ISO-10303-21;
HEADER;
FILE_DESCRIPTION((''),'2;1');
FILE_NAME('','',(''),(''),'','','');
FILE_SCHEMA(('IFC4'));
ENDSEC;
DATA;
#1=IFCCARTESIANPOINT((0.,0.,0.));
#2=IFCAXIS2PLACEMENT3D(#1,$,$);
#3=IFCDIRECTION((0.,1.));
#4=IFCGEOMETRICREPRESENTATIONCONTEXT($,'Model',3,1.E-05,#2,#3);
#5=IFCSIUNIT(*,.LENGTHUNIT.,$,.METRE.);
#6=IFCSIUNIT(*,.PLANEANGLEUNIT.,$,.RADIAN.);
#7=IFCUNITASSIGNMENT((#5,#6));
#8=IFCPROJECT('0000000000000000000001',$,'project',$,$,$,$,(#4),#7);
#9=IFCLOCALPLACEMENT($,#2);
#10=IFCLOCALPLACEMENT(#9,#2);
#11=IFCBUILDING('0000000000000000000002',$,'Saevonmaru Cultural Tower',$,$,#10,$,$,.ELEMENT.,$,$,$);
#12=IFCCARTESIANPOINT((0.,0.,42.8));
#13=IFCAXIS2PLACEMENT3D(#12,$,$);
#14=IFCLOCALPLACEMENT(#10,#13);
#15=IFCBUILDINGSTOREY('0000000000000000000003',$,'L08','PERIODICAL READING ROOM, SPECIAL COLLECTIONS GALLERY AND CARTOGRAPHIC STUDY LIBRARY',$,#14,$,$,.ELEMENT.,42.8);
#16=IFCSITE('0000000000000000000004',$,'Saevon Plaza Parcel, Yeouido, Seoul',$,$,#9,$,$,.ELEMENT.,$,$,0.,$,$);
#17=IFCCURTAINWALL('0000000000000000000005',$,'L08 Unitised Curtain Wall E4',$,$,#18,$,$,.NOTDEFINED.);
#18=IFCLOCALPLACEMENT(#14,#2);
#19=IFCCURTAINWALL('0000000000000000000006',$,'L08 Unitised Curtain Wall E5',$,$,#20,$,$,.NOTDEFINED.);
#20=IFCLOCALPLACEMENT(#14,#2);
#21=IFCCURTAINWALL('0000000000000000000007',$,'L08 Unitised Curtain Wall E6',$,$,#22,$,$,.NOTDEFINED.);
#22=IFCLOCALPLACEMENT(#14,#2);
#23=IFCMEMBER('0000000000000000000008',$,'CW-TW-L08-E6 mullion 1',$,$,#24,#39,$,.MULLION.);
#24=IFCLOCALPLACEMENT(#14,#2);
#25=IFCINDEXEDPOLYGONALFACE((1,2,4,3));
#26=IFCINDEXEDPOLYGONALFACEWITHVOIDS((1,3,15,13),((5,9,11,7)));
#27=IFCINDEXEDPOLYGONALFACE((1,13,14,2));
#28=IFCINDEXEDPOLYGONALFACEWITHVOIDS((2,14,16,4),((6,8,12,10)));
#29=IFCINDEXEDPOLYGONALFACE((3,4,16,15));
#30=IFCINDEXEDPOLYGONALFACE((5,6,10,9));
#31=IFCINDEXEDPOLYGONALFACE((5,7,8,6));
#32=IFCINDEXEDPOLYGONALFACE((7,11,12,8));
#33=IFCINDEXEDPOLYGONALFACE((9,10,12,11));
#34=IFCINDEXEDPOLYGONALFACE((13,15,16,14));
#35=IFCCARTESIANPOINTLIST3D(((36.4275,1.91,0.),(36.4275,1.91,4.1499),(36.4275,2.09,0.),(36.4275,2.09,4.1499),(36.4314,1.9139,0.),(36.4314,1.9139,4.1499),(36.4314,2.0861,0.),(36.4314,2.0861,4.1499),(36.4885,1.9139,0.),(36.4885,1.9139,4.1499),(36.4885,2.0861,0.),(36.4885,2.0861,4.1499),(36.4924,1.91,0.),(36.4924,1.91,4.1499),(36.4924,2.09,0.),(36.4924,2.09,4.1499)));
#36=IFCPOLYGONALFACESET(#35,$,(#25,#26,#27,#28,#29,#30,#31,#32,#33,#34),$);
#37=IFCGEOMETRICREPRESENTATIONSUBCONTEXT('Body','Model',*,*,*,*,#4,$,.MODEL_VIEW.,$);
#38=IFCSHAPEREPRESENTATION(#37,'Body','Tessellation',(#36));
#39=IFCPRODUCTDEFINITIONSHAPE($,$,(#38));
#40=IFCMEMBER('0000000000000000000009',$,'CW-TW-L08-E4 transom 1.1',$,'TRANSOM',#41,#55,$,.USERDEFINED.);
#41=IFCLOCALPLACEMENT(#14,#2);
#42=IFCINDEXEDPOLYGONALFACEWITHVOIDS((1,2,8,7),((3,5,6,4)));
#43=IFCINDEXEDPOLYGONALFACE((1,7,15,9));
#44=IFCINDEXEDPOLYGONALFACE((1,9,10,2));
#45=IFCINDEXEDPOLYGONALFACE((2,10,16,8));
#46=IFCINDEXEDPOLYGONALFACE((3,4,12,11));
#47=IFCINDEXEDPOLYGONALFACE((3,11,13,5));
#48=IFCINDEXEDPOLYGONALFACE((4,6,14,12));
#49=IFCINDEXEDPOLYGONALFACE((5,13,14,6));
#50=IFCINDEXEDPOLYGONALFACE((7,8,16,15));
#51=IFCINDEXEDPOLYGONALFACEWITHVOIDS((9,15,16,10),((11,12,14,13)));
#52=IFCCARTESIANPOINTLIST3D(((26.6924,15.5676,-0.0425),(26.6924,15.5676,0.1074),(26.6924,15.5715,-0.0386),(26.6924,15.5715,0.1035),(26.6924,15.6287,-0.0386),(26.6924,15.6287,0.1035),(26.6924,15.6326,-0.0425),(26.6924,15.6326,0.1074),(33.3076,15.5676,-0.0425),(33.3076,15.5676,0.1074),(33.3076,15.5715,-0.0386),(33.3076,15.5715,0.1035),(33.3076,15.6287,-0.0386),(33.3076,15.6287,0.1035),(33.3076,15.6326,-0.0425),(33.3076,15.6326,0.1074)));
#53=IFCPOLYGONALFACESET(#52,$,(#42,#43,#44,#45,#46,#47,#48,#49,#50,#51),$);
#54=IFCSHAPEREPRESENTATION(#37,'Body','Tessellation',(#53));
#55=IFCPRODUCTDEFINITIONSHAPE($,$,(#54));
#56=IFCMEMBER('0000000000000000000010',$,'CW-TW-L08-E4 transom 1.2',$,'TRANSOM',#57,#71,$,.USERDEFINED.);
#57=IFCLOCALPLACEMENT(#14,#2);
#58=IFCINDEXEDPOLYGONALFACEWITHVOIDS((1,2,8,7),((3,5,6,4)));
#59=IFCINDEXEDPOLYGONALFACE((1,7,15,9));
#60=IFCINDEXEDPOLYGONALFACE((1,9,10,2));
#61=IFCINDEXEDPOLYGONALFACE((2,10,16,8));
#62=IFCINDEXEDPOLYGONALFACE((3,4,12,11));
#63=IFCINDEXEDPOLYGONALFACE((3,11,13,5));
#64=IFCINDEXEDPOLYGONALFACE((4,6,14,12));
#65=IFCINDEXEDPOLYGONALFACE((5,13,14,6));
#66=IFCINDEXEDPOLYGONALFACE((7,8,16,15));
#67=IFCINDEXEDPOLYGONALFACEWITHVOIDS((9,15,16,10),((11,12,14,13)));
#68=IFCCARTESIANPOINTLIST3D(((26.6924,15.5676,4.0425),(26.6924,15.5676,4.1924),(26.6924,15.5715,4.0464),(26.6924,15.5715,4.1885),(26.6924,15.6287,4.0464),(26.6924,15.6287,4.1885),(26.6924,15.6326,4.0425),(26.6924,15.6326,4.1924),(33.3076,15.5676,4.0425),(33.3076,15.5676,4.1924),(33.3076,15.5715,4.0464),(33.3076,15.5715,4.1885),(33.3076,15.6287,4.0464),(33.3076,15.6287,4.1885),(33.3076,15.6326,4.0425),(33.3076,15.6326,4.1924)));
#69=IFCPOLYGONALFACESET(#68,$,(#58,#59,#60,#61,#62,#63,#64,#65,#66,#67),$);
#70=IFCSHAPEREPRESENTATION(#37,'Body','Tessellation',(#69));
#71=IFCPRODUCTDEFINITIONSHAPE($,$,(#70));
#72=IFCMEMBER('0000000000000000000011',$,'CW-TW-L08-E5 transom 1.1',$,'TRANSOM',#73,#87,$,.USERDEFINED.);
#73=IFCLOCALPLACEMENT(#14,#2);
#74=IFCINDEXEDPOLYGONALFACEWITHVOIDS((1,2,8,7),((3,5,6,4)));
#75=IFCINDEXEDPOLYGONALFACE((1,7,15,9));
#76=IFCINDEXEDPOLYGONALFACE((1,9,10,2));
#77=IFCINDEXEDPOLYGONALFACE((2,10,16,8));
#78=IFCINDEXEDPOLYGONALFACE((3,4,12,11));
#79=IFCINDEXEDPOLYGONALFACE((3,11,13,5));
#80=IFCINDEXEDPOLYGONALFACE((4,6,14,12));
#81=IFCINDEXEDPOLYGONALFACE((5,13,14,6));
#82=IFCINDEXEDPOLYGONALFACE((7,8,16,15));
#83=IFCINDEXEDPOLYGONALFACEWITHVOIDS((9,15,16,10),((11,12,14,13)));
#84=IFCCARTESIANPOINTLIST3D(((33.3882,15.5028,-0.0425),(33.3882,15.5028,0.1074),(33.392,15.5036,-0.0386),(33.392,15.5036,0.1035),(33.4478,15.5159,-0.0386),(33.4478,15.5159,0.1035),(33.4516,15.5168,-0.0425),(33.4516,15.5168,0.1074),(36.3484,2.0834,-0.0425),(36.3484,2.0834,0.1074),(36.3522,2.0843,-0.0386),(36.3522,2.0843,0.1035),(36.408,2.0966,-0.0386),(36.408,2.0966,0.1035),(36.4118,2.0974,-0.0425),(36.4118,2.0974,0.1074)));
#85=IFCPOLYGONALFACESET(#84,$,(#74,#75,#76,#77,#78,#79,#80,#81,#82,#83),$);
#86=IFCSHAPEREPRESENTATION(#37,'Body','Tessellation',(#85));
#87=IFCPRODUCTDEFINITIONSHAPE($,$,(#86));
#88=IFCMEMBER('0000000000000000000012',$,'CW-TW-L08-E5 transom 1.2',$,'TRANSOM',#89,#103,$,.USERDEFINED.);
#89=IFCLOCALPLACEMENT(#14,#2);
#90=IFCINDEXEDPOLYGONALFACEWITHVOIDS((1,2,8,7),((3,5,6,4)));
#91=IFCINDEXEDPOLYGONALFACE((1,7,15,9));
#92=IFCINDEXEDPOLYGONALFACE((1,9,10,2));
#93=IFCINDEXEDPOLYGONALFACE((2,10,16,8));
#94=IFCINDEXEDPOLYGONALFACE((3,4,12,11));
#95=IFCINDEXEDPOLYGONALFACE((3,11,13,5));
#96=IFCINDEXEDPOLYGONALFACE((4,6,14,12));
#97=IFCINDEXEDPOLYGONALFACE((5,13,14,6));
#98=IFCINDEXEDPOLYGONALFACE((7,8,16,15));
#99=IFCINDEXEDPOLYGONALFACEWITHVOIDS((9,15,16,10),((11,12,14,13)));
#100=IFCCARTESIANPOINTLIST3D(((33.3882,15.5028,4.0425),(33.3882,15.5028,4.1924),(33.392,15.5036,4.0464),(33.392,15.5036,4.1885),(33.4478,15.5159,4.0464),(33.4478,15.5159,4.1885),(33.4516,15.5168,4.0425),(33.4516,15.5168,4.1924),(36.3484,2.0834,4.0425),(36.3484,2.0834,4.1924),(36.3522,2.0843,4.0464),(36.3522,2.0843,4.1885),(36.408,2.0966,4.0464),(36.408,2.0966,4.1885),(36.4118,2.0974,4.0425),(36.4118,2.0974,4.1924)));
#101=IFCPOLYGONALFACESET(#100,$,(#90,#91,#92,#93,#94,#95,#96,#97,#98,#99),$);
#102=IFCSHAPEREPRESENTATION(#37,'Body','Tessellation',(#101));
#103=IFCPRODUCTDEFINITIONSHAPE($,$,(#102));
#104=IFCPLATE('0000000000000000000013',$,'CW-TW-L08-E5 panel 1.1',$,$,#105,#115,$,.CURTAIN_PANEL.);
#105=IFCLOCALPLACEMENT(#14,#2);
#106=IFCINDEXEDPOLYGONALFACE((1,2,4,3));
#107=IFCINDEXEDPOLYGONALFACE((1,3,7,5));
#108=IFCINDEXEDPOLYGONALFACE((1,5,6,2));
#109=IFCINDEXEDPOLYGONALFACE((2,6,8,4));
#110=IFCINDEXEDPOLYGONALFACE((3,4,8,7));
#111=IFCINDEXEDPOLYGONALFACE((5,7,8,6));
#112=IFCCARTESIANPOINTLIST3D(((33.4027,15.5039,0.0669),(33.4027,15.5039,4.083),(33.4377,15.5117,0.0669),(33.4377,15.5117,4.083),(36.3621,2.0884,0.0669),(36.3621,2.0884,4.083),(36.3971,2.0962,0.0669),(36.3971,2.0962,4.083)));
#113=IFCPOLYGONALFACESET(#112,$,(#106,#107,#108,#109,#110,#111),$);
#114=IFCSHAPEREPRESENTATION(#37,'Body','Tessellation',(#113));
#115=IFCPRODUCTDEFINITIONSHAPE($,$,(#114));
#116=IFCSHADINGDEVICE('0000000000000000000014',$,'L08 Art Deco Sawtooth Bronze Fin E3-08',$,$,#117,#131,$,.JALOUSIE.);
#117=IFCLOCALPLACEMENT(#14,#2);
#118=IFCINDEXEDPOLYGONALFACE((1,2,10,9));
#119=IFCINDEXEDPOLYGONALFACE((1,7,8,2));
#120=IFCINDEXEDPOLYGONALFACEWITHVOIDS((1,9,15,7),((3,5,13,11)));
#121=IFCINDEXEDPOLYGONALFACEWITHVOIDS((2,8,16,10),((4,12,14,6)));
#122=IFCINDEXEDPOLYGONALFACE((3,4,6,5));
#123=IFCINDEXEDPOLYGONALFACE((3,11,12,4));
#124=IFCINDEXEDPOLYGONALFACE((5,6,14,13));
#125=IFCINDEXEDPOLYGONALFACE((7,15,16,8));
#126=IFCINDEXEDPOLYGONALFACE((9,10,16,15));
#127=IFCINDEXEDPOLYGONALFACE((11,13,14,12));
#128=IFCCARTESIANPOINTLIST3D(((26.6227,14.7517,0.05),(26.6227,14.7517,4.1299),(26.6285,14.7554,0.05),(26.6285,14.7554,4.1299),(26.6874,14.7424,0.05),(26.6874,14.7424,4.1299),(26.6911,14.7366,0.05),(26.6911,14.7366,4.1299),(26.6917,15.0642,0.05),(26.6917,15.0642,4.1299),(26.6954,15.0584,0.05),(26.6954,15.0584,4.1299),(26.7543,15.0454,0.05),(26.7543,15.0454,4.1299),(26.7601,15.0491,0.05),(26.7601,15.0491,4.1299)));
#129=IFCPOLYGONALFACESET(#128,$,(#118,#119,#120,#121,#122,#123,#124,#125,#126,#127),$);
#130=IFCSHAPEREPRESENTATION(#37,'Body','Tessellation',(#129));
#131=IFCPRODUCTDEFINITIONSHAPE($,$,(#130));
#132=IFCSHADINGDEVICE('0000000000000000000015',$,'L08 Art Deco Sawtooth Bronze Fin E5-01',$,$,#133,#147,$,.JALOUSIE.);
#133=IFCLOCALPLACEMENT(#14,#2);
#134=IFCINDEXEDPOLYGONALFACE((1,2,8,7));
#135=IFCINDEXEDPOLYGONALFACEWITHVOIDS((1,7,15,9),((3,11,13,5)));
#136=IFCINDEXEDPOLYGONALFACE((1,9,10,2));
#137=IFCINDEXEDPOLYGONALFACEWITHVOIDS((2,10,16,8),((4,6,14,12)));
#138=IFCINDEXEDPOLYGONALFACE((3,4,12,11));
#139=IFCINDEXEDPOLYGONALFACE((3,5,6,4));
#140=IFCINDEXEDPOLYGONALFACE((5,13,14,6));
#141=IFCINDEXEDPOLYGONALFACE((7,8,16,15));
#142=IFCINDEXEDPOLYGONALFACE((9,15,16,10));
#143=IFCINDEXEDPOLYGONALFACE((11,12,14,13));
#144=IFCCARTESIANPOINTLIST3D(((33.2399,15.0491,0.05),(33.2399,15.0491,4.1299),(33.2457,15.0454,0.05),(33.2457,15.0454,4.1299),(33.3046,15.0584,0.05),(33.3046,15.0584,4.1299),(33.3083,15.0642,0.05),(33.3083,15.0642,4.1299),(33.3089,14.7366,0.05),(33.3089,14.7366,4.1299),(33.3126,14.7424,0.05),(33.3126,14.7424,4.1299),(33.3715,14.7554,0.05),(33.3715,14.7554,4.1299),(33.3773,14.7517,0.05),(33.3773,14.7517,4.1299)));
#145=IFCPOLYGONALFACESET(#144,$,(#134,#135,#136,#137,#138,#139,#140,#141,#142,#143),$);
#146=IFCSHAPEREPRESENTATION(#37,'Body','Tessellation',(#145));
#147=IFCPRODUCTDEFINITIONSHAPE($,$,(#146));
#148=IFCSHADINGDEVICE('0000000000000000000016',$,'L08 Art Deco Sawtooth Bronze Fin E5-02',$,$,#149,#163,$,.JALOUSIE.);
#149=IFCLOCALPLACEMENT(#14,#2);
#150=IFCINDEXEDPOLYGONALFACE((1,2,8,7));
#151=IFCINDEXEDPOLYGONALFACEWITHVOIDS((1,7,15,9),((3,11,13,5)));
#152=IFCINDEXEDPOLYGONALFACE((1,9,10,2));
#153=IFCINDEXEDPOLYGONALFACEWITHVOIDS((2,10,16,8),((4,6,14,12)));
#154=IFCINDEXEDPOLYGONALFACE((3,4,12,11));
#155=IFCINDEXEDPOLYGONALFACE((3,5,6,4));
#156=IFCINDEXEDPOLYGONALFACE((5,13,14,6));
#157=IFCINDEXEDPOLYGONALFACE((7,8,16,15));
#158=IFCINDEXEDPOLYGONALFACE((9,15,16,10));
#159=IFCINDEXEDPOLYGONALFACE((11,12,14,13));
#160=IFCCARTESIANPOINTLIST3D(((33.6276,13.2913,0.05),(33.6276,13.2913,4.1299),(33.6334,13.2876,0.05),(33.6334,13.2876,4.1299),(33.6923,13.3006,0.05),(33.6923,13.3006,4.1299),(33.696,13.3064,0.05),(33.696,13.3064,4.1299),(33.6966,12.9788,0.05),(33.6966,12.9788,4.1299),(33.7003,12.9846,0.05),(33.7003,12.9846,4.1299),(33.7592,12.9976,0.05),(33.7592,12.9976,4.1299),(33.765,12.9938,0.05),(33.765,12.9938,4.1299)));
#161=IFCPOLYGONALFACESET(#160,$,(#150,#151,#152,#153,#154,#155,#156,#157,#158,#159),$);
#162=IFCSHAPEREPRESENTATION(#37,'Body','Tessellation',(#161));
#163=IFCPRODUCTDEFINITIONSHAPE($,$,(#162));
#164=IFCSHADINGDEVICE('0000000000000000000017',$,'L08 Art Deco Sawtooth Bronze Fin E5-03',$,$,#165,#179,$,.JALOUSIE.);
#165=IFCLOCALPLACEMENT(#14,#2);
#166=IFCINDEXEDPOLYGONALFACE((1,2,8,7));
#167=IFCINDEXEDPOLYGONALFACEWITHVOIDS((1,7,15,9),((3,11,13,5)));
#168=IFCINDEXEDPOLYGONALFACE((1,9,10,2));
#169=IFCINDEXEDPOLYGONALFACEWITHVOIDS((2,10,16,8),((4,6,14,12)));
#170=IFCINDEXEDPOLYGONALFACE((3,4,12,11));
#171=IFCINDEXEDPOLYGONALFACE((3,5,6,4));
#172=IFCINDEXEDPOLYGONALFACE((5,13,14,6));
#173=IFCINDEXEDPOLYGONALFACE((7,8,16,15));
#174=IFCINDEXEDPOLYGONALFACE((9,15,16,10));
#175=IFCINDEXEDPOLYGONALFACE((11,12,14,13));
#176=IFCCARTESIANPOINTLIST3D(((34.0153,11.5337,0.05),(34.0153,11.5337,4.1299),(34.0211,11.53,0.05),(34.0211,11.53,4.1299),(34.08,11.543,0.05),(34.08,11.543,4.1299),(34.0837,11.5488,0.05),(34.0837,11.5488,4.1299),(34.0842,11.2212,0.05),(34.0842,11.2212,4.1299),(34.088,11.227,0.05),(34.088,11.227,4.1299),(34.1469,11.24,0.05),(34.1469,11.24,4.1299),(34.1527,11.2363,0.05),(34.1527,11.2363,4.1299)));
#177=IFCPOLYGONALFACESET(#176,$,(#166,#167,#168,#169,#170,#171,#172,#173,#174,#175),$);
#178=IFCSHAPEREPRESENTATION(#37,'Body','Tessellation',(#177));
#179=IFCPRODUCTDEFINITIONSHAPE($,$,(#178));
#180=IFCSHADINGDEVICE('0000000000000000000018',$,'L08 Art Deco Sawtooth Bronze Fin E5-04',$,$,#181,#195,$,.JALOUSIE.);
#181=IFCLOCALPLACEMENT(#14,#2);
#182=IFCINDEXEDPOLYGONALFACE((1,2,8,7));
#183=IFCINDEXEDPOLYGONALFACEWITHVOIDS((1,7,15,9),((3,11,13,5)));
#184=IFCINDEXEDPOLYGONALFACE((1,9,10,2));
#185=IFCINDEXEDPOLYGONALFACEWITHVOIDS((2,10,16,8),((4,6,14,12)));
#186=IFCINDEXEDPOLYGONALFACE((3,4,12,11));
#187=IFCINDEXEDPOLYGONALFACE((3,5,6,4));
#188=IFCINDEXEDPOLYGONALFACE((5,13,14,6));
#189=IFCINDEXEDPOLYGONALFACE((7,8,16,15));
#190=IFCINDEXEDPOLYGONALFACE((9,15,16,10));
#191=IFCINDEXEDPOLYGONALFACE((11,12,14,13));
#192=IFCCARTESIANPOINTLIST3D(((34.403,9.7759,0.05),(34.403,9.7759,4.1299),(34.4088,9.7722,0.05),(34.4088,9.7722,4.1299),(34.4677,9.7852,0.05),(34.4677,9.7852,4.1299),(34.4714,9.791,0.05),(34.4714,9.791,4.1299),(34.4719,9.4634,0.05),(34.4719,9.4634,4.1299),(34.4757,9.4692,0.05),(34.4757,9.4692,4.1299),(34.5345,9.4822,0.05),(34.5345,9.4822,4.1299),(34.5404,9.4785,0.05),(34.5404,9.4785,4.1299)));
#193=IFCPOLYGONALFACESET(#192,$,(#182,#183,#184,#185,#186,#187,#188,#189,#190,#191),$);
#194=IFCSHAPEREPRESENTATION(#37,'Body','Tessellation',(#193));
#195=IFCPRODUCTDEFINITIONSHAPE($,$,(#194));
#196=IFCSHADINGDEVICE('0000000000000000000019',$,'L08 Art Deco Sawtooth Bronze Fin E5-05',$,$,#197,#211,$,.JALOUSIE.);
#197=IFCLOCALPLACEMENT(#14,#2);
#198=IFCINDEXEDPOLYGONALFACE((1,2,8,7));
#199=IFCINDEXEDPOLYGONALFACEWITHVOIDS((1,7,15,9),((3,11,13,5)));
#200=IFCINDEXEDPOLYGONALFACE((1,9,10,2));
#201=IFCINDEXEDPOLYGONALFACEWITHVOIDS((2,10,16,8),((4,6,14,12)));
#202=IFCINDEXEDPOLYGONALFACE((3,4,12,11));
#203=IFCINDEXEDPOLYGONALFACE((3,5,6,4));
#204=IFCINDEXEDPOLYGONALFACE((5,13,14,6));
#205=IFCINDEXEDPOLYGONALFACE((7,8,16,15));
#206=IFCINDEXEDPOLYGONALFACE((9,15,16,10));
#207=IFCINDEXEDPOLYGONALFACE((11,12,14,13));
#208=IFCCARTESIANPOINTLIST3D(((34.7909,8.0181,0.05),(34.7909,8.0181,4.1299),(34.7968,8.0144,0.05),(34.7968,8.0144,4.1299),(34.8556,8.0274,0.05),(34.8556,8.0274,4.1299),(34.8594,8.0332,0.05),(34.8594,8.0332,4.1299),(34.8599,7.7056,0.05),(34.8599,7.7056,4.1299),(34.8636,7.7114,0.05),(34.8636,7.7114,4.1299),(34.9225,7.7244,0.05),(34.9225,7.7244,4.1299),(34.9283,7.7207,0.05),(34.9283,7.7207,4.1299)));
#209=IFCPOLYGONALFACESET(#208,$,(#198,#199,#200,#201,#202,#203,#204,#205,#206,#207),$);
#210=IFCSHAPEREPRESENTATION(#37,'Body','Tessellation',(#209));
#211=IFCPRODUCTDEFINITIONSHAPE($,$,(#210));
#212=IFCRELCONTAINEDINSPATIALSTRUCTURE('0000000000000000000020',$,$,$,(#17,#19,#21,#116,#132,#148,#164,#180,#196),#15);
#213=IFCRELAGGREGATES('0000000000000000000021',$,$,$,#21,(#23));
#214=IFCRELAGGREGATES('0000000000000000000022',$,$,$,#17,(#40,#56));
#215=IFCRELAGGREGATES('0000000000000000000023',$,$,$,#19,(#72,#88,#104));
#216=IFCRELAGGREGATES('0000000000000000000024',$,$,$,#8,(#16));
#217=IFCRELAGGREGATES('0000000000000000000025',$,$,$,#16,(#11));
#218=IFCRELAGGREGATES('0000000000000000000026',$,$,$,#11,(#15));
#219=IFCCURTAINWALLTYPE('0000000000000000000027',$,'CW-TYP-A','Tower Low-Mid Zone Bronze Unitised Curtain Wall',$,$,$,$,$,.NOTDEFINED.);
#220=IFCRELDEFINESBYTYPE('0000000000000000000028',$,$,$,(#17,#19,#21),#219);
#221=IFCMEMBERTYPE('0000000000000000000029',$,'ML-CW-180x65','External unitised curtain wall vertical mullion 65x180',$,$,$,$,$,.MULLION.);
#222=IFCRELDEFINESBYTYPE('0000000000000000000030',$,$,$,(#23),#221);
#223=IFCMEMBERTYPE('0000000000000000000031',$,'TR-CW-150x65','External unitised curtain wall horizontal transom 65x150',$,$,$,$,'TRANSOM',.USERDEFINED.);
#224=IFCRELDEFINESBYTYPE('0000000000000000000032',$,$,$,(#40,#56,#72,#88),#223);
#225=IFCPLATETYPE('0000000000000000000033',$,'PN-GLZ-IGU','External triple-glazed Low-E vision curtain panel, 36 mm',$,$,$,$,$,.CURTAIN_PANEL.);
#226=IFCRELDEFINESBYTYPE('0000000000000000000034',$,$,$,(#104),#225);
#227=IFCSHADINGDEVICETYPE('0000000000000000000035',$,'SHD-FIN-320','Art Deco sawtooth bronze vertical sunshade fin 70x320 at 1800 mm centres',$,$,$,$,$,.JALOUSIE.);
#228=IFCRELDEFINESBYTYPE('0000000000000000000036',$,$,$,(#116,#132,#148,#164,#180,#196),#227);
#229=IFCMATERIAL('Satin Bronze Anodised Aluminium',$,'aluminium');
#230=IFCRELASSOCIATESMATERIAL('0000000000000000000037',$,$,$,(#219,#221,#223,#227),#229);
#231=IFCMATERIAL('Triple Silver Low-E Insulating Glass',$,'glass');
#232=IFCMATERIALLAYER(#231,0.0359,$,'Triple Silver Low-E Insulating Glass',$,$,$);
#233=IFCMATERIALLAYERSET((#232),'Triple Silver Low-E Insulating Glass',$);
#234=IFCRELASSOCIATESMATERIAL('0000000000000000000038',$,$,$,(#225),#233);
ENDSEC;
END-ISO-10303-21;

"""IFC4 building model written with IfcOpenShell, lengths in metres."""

from ifc_helpers import new_model, si_unit, direction, frame, origin, origin_2d, place, context, subcontext, project, spatial, rectangle, hollow_rectangle, extrude, material, layer, layer_set, material_profile, profile_set, type_object, element, aggregate, save


model = new_model("IFC4")

# Units and contexts
model_context = context("Model", 3, precision=1e-05, world=origin(), true_north=direction((0.0, 1.0)))
body_context = subcontext(model_context, "Body", "Model", "MODEL_VIEW")
ifc_project = project(units=[si_unit("LENGTHUNIT", "METRE"), si_unit("PLANEANGLEUNIT", "RADIAN")], contexts=[model_context])

# Site, building, storey
site_placement = place(None, origin())
site = spatial("IfcSite", under=ifc_project, at=site_placement, Name="Saevon Plaza Parcel, Yeouido, Seoul", CompositionType="ELEMENT", RefElevation=0.0)
building_placement = place(site_placement, origin())
building = spatial("IfcBuilding", under=site, at=building_placement, Name="Saevonmaru Cultural Tower", CompositionType="ELEMENT")
storey_placement = place(building_placement, frame((0.0, 0.0, 42.8)))
storey = spatial("IfcBuildingStorey", under=building, at=storey_placement, Name="L08", Description="PERIODICAL READING ROOM, SPECIAL COLLECTIONS GALLERY AND CARTOGRAPHIC STUDY LIBRARY", CompositionType="ELEMENT", Elevation=42.8)

# Curtain wall
ifc_material_1 = material(Name="Satin Bronze Anodised Aluminium", Category="aluminium")
curtain_wall_type = type_object("IfcCurtainWallType", Name="CW-TYP-A", Description="Tower Low-Mid Zone Bronze Unitised Curtain Wall", PredefinedType="NOTDEFINED", material=ifc_material_1)
ifc_material_profile_1 = material_profile(ifc_material_1, hollow_rectangle(XDim=0.0649, YDim=0.1799, WallThickness=0.0039, at=origin_2d()), Name="ALU-MULL-180x65x4")
ifc_profile_set_1 = profile_set([ifc_material_profile_1], Name="Satin Bronze Anodised Aluminium")
member_type_1 = type_object("IfcMemberType", Name="ML-CW-180x65", Description="External unitised curtain wall vertical mullion 65x180", PredefinedType="MULLION", material=ifc_profile_set_1)
curtain_wall_1_placement = place(storey_placement, origin())
curtain_wall_1 = element("IfcCurtainWall", 1, at=curtain_wall_1_placement, inside=storey, type_object=curtain_wall_type, Name="L08 Unitised Curtain Wall E4", PredefinedType="NOTDEFINED")

# Curtain wall
curtain_wall_2_placement = place(storey_placement, origin())
curtain_wall_2 = element("IfcCurtainWall", 2, at=curtain_wall_2_placement, inside=storey, type_object=curtain_wall_type, Name="L08 Unitised Curtain Wall E5", PredefinedType="NOTDEFINED")

# Curtain wall, member
curtain_wall_3_placement = place(storey_placement, origin())
curtain_wall_3 = element("IfcCurtainWall", 3, at=curtain_wall_3_placement, inside=storey, type_object=curtain_wall_type, Name="L08 Unitised Curtain Wall E6", PredefinedType="NOTDEFINED")
member_1_placement = place(storey_placement, frame((36.46, 2.0, 0.0), z_axis=(0.0, 0.0, 1.0), x_axis=(1.0, 0.0, 0.0)))
member_1 = element("IfcMember", 4, at=member_1_placement, type_object=member_type_1, Name="CW-TW-L08-E6 mullion 1", PredefinedType="MULLION", context=body_context, shape_type="SweptSolid", body=[
    extrude(hollow_rectangle(XDim=0.0649, YDim=0.1799, WallThickness=0.0039, at=origin_2d()), origin(), (0.0, 0.0, 1.0), 4.1499),
])
aggregate(curtain_wall_3, [member_1])

# Members
ifc_material_profile_2 = material_profile(ifc_material_1, hollow_rectangle(XDim=0.0649, YDim=0.1499, WallThickness=0.0039, at=origin_2d()), Name="ALU-TRAN-150x65x4")
ifc_profile_set_2 = profile_set([ifc_material_profile_2], Name="Satin Bronze Anodised Aluminium")
member_type_2 = type_object("IfcMemberType", Name="TR-CW-150x65", Description="External unitised curtain wall horizontal transom 65x150", ElementType="TRANSOM", PredefinedType="USERDEFINED", material=ifc_profile_set_2)
member_2_placement = place(storey_placement, frame((26.6924, 15.6001, 0.0325), z_axis=(1.0, 0.0, 0.0), x_axis=(0.0, 1.0, 0.0)))
member_2 = element("IfcMember", 5, at=member_2_placement, type_object=member_type_2, Name="CW-TW-L08-E4 transom 1.1", ObjectType="TRANSOM", PredefinedType="USERDEFINED", context=body_context, shape_type="SweptSolid", body=[
    extrude(hollow_rectangle(XDim=0.0649, YDim=0.1499, WallThickness=0.0039, at=origin_2d()), origin(), (0.0, 0.0, 1.0), 6.6152),
])
member_3_placement = place(storey_placement, frame((26.6924, 15.6001, 4.1174), z_axis=(1.0, 0.0, 0.0), x_axis=(0.0, 1.0, 0.0)))
member_3 = element("IfcMember", 6, at=member_3_placement, type_object=member_type_2, Name="CW-TW-L08-E4 transom 1.2", ObjectType="TRANSOM", PredefinedType="USERDEFINED", context=body_context, shape_type="SweptSolid", body=[
    extrude(hollow_rectangle(XDim=0.0649, YDim=0.1499, WallThickness=0.0039, at=origin_2d()), origin(), (0.0, 0.0, 1.0), 6.6152),
])
aggregate(curtain_wall_1, [member_2, member_3])
member_4_placement = place(storey_placement, frame((33.4199, 15.5098, 0.0325), z_axis=(0.215412, -0.976523, 0.0), x_axis=(0.976523, 0.215412, 0.0)))
member_4 = element("IfcMember", 7, at=member_4_placement, type_object=member_type_2, Name="CW-TW-L08-E5 transom 1.1", ObjectType="TRANSOM", PredefinedType="USERDEFINED", context=body_context, shape_type="SweptSolid", body=[
    extrude(hollow_rectangle(XDim=0.0649, YDim=0.1499, WallThickness=0.0039, at=origin_2d()), origin(), (0.0, 0.0, 1.0), 13.7419),
])
member_5_placement = place(storey_placement, frame((33.4199, 15.5098, 4.1174), z_axis=(0.215412, -0.976523, 0.0), x_axis=(0.976523, 0.215412, 0.0)))
member_5 = element("IfcMember", 8, at=member_5_placement, type_object=member_type_2, Name="CW-TW-L08-E5 transom 1.2", ObjectType="TRANSOM", PredefinedType="USERDEFINED", context=body_context, shape_type="SweptSolid", body=[
    extrude(hollow_rectangle(XDim=0.0649, YDim=0.1499, WallThickness=0.0039, at=origin_2d()), origin(), (0.0, 0.0, 1.0), 13.7419),
])

# Plate
ifc_material_2 = material(Name="Triple Silver Low-E Insulating Glass", Category="glass")
ifc_layer_1 = layer(ifc_material_2, 0.0359, Name="Triple Silver Low-E Insulating Glass")
ifc_layer_set_1 = layer_set([ifc_layer_1], Name="Triple Silver Low-E Insulating Glass")
plate_type = type_object("IfcPlateType", Name="PN-GLZ-IGU", Description="External triple-glazed Low-E vision curtain panel, 36 mm", PredefinedType="CURTAIN_PANEL", material=ifc_layer_set_1)
plate_placement = place(storey_placement, frame((34.8999, 8.8, 0.0669), z_axis=(0.0, 0.0, 1.0), x_axis=(0.215413, -0.976523, 0.0)))
plate = element("IfcPlate", 9, at=plate_placement, type_object=plate_type, Name="CW-TW-L08-E5 panel 1.1", PredefinedType="CURTAIN_PANEL", context=body_context, shape_type="SweptSolid", body=[
    extrude(rectangle(XDim=13.738, YDim=0.0359, at=origin_2d()), origin(), (0.0, 0.0, 1.0), 4.0161),
])
aggregate(curtain_wall_2, [member_4, member_5, plate])

# Shading devices
ifc_material_profile_3 = material_profile(ifc_material_1, hollow_rectangle(XDim=0.0701, YDim=0.3201, WallThickness=0.0049, at=origin_2d()), Name="FIN-320x70")
ifc_profile_set_3 = profile_set([ifc_material_profile_3], Name="Satin Bronze Anodised Aluminium")
shading_device_type = type_object("IfcShadingDeviceType", Name="SHD-FIN-320", Description="Art Deco sawtooth bronze vertical sunshade fin 70x320 at 1800 mm centres", PredefinedType="JALOUSIE", material=ifc_profile_set_3)
for number, where, z_axis, x_axis, name in (
    (10, (26.6914, 14.9004, 0.05), (0.0, 0.0, 1.0), (0.976522, -0.215417, 0.0), "L08 Art Deco Sawtooth Bronze Fin E3-08"),
    (11, (33.3086, 14.9004, 0.05), (0.0, 0.0, 1.0), (-0.976522, -0.215417, 0.0), "L08 Art Deco Sawtooth Bronze Fin E5-01"),
    (12, (33.6963, 13.1426, 0.05), (0.0, 0.0, 1.0), (-0.976522, -0.215417, 0.0), "L08 Art Deco Sawtooth Bronze Fin E5-02"),
    (13, (34.084, 11.385, 0.05), (0.0, 0.0, 1.0), (-0.976522, -0.215417, 0.0), "L08 Art Deco Sawtooth Bronze Fin E5-03"),
    (14, (34.4717, 9.6272, 0.05), (0.0, 0.0, 1.0), (-0.976522, -0.215417, 0.0), "L08 Art Deco Sawtooth Bronze Fin E5-04"),
    (15, (34.8596, 7.8694, 0.05), (0.0, 0.0, 1.0), (-0.976522, -0.215417, 0.0), "L08 Art Deco Sawtooth Bronze Fin E5-05"),
):
    element("IfcShadingDevice", number, at=place(storey_placement, frame(where, z_axis=z_axis, x_axis=x_axis)), inside=storey, type_object=shading_device_type, Name=name, PredefinedType="JALOUSIE", context=body_context, shape_type="SweptSolid", body=[
        extrude(hollow_rectangle(XDim=0.0701, YDim=0.3201, WallThickness=0.0049, at=origin_2d()), origin(), (0.0, 0.0, 1.0), 4.0798),
    ])

save(model, "model.ifc")
